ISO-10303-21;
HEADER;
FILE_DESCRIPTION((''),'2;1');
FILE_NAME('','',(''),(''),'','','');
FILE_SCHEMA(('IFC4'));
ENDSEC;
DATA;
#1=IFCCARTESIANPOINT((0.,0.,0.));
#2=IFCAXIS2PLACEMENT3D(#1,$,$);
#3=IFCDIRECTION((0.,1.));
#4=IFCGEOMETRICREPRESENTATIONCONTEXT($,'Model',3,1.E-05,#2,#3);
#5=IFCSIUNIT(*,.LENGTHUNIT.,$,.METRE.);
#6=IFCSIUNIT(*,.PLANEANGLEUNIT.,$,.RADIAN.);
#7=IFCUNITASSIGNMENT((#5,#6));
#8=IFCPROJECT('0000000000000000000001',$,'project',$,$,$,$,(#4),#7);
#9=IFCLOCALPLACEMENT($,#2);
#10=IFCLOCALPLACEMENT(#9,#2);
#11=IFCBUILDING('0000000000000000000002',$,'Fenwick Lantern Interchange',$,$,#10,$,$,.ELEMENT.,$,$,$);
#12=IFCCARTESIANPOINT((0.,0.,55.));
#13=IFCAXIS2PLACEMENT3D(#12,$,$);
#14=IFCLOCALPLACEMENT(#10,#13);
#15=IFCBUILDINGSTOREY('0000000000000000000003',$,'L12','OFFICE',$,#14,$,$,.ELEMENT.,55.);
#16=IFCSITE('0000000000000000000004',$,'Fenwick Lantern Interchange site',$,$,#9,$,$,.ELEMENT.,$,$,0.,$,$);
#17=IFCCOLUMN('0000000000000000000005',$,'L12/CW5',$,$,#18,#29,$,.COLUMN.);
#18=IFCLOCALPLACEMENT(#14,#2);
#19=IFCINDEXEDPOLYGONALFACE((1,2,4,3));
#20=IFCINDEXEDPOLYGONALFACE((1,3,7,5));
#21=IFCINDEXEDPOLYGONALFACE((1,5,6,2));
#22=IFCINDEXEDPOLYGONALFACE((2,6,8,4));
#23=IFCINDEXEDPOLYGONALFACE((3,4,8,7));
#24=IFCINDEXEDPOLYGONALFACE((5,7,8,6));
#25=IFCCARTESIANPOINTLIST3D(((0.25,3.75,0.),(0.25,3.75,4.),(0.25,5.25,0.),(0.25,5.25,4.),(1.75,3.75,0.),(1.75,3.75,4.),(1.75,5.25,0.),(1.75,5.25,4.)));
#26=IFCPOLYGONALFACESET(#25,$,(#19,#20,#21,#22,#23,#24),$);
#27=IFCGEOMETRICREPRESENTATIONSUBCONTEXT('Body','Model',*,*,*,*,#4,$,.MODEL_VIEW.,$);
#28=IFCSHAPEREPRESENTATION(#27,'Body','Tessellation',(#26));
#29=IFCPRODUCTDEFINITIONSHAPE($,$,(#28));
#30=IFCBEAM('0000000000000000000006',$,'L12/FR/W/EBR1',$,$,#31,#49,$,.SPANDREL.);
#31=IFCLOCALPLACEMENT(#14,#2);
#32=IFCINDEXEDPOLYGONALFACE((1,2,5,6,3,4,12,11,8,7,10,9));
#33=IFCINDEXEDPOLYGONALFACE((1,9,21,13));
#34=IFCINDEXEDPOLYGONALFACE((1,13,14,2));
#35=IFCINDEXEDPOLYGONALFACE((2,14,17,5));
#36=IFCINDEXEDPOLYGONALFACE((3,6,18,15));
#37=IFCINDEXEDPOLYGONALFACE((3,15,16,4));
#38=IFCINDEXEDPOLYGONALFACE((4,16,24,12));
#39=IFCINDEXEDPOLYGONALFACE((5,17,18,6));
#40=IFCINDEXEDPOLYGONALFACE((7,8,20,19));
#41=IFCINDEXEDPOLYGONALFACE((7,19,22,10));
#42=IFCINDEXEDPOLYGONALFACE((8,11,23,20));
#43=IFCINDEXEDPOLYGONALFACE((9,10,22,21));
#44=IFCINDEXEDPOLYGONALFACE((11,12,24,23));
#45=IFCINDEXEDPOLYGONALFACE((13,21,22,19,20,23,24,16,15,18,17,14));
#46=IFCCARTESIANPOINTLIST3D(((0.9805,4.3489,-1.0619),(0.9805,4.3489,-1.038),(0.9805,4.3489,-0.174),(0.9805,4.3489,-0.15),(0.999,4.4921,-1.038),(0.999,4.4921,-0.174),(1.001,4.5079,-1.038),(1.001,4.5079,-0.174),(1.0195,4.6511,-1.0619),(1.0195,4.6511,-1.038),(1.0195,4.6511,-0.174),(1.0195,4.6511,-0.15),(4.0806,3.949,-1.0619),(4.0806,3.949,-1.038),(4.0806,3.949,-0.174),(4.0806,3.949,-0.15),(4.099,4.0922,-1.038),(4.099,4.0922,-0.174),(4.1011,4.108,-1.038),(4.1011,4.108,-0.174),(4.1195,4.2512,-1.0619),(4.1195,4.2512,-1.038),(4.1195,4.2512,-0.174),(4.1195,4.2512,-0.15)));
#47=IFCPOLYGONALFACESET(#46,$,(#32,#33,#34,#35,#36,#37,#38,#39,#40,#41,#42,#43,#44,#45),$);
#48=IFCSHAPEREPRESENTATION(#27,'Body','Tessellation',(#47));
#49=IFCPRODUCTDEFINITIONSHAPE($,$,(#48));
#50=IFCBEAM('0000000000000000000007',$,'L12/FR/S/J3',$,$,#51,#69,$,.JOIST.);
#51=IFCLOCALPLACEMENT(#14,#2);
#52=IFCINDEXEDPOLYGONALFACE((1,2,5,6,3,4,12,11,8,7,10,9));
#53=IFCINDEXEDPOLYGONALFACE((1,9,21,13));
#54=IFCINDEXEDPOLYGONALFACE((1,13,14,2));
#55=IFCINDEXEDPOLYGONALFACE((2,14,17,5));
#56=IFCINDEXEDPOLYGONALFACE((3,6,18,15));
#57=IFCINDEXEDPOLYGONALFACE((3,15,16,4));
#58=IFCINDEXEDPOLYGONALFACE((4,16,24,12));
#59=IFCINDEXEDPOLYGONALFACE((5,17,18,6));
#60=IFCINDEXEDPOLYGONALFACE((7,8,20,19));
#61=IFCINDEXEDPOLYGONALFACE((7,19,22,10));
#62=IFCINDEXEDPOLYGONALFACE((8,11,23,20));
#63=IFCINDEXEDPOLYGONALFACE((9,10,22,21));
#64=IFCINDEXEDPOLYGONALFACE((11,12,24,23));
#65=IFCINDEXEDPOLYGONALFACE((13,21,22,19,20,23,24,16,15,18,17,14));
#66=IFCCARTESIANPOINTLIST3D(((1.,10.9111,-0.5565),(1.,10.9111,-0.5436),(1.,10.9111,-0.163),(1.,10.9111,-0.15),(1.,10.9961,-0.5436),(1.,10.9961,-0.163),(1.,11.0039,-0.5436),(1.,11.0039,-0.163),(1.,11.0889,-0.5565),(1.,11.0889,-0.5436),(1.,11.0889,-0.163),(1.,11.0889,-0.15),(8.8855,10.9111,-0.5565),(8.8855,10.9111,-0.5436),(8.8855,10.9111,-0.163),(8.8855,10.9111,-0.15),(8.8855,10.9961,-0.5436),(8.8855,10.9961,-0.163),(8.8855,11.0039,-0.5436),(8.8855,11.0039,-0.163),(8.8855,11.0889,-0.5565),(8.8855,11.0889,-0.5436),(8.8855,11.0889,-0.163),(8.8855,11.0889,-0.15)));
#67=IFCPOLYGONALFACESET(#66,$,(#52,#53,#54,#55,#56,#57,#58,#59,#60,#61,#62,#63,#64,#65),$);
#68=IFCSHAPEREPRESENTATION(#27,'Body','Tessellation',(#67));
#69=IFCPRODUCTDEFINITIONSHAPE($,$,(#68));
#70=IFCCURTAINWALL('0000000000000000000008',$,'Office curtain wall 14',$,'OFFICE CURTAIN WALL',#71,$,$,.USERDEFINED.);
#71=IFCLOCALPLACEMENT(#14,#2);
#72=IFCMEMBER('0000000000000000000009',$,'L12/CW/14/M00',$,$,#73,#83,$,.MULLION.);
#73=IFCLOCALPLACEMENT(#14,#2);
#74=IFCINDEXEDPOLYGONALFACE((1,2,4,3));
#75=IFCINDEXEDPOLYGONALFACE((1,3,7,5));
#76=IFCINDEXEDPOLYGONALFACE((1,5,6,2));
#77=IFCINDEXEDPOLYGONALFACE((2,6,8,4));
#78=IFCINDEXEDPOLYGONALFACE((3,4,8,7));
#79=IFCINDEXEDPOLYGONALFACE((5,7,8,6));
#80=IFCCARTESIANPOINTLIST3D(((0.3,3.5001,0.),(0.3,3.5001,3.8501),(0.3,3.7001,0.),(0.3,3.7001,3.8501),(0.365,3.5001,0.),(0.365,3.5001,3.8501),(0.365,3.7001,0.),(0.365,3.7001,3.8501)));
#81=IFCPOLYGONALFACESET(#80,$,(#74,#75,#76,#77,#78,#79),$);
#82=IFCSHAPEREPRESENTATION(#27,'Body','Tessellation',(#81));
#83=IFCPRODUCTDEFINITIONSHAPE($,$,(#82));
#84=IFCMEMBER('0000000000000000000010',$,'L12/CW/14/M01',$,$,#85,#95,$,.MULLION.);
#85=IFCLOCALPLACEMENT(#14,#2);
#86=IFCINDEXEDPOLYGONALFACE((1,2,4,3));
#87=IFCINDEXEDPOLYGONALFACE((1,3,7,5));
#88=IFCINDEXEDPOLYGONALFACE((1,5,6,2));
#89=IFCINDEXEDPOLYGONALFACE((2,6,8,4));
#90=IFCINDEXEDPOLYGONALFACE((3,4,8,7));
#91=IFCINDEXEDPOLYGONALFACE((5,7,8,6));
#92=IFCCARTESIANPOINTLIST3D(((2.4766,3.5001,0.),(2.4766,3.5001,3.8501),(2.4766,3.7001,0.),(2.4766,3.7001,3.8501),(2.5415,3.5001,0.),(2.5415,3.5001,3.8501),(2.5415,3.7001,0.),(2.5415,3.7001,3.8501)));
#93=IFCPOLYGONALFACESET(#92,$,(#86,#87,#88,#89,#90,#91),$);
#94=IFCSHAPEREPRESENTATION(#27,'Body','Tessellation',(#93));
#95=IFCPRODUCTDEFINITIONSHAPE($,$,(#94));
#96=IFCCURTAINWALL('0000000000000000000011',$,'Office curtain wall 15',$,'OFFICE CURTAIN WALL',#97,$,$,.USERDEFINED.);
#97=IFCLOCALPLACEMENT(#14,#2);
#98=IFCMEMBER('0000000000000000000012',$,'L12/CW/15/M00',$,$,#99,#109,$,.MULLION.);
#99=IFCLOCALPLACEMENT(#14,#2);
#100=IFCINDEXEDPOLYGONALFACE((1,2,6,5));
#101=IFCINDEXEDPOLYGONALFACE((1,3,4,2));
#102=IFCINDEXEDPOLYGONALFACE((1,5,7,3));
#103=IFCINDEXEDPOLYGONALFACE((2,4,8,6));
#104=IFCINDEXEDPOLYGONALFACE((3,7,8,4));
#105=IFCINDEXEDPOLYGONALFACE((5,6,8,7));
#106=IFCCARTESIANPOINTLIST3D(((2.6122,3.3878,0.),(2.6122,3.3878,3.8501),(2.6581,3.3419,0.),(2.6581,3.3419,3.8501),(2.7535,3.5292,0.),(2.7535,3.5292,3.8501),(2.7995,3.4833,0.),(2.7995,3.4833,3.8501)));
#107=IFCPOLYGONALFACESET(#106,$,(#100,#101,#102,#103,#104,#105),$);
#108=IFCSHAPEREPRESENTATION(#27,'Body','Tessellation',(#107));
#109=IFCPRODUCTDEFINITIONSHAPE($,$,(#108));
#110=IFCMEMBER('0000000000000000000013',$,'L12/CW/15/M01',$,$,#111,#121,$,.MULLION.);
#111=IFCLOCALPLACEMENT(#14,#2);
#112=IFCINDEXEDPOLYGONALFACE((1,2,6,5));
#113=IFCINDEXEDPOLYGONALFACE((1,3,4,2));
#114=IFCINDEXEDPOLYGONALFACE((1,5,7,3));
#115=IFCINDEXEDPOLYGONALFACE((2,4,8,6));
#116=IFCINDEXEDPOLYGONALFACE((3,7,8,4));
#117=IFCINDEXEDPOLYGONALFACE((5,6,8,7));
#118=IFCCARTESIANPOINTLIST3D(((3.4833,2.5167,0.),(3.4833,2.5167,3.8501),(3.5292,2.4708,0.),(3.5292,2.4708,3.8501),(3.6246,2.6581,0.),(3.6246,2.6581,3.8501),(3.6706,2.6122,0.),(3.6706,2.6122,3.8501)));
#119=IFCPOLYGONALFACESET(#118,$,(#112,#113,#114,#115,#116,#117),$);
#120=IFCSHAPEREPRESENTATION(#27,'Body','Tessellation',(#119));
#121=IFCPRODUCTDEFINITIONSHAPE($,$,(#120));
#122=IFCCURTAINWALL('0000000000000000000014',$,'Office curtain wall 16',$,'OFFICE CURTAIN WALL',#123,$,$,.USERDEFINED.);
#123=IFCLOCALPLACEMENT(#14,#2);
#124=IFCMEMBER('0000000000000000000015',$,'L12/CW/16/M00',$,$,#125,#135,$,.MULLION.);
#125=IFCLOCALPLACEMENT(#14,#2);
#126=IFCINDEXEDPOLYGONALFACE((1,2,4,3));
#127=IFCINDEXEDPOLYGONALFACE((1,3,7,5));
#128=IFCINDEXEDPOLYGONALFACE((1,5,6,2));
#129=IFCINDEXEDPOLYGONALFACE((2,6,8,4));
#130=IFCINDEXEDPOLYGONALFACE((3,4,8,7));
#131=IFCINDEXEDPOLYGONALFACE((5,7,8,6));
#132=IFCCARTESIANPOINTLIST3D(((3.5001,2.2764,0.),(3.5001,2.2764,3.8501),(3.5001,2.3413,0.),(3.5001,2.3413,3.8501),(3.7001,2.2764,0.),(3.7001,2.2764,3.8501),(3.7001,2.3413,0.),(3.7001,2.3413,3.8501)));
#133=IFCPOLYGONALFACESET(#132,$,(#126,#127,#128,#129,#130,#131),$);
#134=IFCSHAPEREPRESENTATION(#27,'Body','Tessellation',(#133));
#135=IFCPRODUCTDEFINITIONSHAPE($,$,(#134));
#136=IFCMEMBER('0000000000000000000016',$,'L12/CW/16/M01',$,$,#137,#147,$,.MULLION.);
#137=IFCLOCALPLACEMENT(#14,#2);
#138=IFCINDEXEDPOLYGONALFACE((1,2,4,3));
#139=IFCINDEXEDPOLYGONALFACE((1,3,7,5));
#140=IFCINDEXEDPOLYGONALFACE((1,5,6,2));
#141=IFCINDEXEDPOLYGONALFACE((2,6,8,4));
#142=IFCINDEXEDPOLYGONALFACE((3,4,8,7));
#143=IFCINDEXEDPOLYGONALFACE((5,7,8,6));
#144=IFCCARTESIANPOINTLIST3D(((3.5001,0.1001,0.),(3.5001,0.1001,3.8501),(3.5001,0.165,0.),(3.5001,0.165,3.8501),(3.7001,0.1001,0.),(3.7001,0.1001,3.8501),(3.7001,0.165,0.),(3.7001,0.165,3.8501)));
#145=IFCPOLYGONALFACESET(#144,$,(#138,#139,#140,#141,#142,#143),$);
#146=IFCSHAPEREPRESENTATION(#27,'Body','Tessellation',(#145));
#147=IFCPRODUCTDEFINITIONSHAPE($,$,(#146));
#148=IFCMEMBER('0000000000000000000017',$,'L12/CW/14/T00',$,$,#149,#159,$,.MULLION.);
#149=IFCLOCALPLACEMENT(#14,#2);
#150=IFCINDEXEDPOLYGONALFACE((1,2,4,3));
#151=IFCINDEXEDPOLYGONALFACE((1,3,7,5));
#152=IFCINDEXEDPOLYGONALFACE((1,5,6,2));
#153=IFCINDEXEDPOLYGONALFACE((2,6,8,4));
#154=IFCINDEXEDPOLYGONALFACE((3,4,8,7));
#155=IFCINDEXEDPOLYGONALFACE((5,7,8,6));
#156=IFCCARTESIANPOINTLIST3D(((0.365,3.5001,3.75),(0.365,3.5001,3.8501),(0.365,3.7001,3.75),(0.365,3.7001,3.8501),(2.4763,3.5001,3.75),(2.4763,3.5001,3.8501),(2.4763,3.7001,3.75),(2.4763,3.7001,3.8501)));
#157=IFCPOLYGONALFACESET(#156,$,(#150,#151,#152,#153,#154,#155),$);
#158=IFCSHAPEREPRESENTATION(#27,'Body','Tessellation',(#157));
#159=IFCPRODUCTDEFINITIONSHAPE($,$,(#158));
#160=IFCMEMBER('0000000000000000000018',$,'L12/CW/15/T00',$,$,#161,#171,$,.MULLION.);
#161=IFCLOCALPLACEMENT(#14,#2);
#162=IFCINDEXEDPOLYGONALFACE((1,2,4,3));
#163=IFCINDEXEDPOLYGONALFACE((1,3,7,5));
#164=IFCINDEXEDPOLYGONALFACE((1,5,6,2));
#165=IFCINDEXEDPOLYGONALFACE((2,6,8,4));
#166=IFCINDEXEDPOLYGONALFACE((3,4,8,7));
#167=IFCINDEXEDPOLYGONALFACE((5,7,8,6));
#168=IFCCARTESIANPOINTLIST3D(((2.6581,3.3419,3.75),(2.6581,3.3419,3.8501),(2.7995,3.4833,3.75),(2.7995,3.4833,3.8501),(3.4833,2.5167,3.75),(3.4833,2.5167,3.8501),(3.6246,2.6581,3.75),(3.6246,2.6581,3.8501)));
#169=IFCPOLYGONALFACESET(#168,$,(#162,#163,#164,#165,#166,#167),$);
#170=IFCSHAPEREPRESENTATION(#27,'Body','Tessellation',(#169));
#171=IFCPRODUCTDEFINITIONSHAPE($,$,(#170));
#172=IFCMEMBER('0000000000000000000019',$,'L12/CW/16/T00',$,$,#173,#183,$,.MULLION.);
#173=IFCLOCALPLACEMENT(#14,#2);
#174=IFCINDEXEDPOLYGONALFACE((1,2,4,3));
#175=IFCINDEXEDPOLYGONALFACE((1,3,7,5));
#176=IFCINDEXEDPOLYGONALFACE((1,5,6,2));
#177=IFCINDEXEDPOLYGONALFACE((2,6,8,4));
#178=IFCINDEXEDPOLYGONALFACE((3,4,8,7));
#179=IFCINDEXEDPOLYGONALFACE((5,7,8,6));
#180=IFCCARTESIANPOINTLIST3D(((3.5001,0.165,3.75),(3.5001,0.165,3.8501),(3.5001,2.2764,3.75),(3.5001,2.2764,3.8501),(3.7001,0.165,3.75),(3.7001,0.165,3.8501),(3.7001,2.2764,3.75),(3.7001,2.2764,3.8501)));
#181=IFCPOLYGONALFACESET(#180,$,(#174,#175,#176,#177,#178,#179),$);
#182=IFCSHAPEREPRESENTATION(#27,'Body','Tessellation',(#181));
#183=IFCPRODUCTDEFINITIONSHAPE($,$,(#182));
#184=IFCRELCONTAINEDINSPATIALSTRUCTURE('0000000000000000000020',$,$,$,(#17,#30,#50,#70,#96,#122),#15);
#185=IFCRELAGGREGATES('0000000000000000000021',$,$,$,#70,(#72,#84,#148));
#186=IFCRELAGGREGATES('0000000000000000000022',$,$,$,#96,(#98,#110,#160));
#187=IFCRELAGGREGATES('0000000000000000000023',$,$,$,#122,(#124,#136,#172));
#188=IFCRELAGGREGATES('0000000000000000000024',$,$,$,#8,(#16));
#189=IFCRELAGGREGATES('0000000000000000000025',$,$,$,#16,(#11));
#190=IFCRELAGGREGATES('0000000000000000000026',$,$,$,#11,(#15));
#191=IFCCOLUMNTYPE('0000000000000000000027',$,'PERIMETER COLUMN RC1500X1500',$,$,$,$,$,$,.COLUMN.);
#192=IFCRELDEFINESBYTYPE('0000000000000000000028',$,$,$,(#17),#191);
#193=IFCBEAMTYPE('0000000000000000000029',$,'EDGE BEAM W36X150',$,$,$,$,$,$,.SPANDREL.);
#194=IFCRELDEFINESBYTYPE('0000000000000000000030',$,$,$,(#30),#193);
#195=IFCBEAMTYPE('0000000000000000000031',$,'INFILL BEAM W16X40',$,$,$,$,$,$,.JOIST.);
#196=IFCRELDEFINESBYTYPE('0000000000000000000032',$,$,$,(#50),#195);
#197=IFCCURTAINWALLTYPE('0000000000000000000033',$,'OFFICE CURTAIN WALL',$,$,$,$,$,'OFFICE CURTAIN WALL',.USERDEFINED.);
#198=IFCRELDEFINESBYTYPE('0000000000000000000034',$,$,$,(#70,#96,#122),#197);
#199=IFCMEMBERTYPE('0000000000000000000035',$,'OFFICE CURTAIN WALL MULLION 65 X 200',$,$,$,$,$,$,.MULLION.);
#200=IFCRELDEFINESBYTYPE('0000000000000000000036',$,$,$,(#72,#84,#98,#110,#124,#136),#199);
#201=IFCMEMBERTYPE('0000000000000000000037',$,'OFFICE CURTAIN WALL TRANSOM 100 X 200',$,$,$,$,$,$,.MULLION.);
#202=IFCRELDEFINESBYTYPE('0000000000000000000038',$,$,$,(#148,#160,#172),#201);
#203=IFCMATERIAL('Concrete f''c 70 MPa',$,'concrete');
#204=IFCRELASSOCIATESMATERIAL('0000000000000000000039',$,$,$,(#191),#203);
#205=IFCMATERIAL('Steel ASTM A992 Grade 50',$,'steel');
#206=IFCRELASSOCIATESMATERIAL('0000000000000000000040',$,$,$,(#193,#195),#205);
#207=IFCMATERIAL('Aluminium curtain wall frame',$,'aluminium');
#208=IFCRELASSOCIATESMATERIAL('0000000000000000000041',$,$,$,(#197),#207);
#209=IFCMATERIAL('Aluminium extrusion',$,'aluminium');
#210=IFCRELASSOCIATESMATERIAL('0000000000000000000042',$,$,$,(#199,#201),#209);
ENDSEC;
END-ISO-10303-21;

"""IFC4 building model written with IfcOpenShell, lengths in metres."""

from ifc_helpers import new_model, si_unit, direction, frame, origin, origin_2d, place, context, subcontext, project, spatial, rectangle, i_section, extrude, material, material_profile, profile_set, type_object, element, aggregate, save


model = new_model("IFC4")

# Units and contexts
model_context = context("Model", 3, precision=1e-05, world=origin(), true_north=direction((0.0, 1.0)))
body_context = subcontext(model_context, "Body", "Model", "MODEL_VIEW")
ifc_project = project(units=[si_unit("LENGTHUNIT", "METRE"), si_unit("PLANEANGLEUNIT", "RADIAN")], contexts=[model_context])

# Site, building, storey
site_placement = place(None, origin())
site = spatial("IfcSite", under=ifc_project, at=site_placement, Name="Fenwick Lantern Interchange site", CompositionType="ELEMENT", RefElevation=0.0)
building_placement = place(site_placement, origin())
building = spatial("IfcBuilding", under=site, at=building_placement, Name="Fenwick Lantern Interchange", CompositionType="ELEMENT")
storey_placement = place(building_placement, frame((0.0, 0.0, 55.0)))
storey = spatial("IfcBuildingStorey", under=building, at=storey_placement, Name="L12", Description="OFFICE", CompositionType="ELEMENT", Elevation=55.0)

# Column
ifc_material_1 = material(Name="Concrete f'c 70 MPa", Category="concrete")
ifc_material_profile_1 = material_profile(ifc_material_1, rectangle(XDim=1.5, YDim=1.5, at=origin_2d()), Name="RC1500X1500")
ifc_profile_set_1 = profile_set([ifc_material_profile_1], Name="Concrete f'c 70 MPa")
column_type = type_object("IfcColumnType", Name="PERIMETER COLUMN RC1500X1500", PredefinedType="COLUMN", material=ifc_profile_set_1)
column_placement = place(storey_placement, frame((1.0, 4.5, 0.0), z_axis=(0.0, 0.0, 1.0), x_axis=(1.0, 0.0, 0.0)))
element("IfcColumn", 1, at=column_placement, inside=storey, type_object=column_type, Name="L12/CW5", PredefinedType="COLUMN", context=body_context, shape_type="SweptSolid", body=[
    extrude(rectangle(XDim=1.5, YDim=1.5, at=origin_2d()), origin(), (0.0, 0.0, 1.0), 4.0),
])

# Beams
ifc_material_2 = material(Name="Steel ASTM A992 Grade 50", Category="steel")
ifc_material_profile_2 = material_profile(ifc_material_2, i_section(OverallWidth=0.3047, OverallDepth=0.9119, WebThickness=0.0159, FlangeThickness=0.0239, at=origin_2d()), Name="W36X150")
ifc_profile_set_2 = profile_set([ifc_material_profile_2], Name="Steel ASTM A992 Grade 50")
beam_type_1 = type_object("IfcBeamType", Name="EDGE BEAM W36X150", PredefinedType="SPANDREL", material=ifc_profile_set_2)
beam_1_placement = place(storey_placement, frame((1.0, 4.5, -0.606), z_axis=(0.991782, -0.127937, 0.0), x_axis=(0.127937, 0.991782, 0.0)))
element("IfcBeam", 2, at=beam_1_placement, inside=storey, type_object=beam_type_1, Name="L12/FR/W/EBR1", PredefinedType="SPANDREL", context=body_context, shape_type="SweptSolid", body=[
    extrude(i_section(OverallWidth=0.3047, OverallDepth=0.9119, WebThickness=0.0159, FlangeThickness=0.0239, at=origin_2d()), origin(), (0.0, 0.0, 1.0), 3.1257),
])
ifc_material_profile_3 = material_profile(ifc_material_2, i_section(OverallWidth=0.1777, OverallDepth=0.4065, WebThickness=0.0078, FlangeThickness=0.0129, at=origin_2d()), Name="W16X40")
ifc_profile_set_3 = profile_set([ifc_material_profile_3], Name="Steel ASTM A992 Grade 50")
beam_type_2 = type_object("IfcBeamType", Name="INFILL BEAM W16X40", PredefinedType="JOIST", material=ifc_profile_set_3)
beam_2_placement = place(storey_placement, frame((1.0, 11.0, -0.3533), z_axis=(1.0, 0.0, 0.0), x_axis=(0.0, 1.0, 0.0)))
element("IfcBeam", 3, at=beam_2_placement, inside=storey, type_object=beam_type_2, Name="L12/FR/S/J3", PredefinedType="JOIST", context=body_context, shape_type="SweptSolid", body=[
    extrude(i_section(OverallWidth=0.1777, OverallDepth=0.4065, WebThickness=0.0078, FlangeThickness=0.0129, at=origin_2d()), origin(), (0.0, 0.0, 1.0), 7.8855),
])

# Curtain walls, members
ifc_material_3 = material(Name="Aluminium curtain wall frame", Category="aluminium")
curtain_wall_type = type_object("IfcCurtainWallType", Name="OFFICE CURTAIN WALL", ElementType="OFFICE CURTAIN WALL", PredefinedType="USERDEFINED", material=ifc_material_3)
curtain_wall_1_placement = place(storey_placement, origin())
curtain_wall_1 = element("IfcCurtainWall", 4, at=curtain_wall_1_placement, inside=storey, type_object=curtain_wall_type, Name="Office curtain wall 14", ObjectType="OFFICE CURTAIN WALL", PredefinedType="USERDEFINED")
ifc_material_4 = material(Name="Aluminium extrusion", Category="aluminium")
ifc_material_profile_4 = material_profile(ifc_material_4, rectangle(XDim=0.2, YDim=0.0649, at=origin_2d()), Name="OFFICE CURTAIN WALL MULLION 65 X 200")
ifc_profile_set_4 = profile_set([ifc_material_profile_4], Name="Aluminium extrusion")
member_type_1 = type_object("IfcMemberType", Name="OFFICE CURTAIN WALL MULLION 65 X 200", PredefinedType="MULLION", material=ifc_profile_set_4)
member_1_placement = place(storey_placement, frame((0.3325, 3.6001, 0.0), z_axis=(0.0, 0.0, 1.0), x_axis=(0.0, 1.0, 0.0)))
member_1 = element("IfcMember", 5, at=member_1_placement, type_object=member_type_1, Name="L12/CW/14/M00", PredefinedType="MULLION", context=body_context, shape_type="SweptSolid", body=[
    extrude(rectangle(XDim=0.2, YDim=0.0649, at=origin_2d()), origin(), (0.0, 0.0, 1.0), 3.8501),
])
member_2_placement = place(storey_placement, frame((2.509, 3.6001, 0.0), z_axis=(0.0, 0.0, 1.0), x_axis=(0.0, 1.0, 0.0)))
member_2 = element("IfcMember", 6, at=member_2_placement, type_object=member_type_1, Name="L12/CW/14/M01", PredefinedType="MULLION", context=body_context, shape_type="SweptSolid", body=[
    extrude(rectangle(XDim=0.2, YDim=0.0649, at=origin_2d()), origin(), (0.0, 0.0, 1.0), 3.8501),
])
curtain_wall_2_placement = place(storey_placement, origin())
curtain_wall_2 = element("IfcCurtainWall", 7, at=curtain_wall_2_placement, inside=storey, type_object=curtain_wall_type, Name="Office curtain wall 15", ObjectType="OFFICE CURTAIN WALL", PredefinedType="USERDEFINED")
member_3_placement = place(storey_placement, frame((2.7058, 3.4355, 0.0), z_axis=(0.0, 0.0, 1.0), x_axis=(0.707107, 0.707107, 0.0)))
member_3 = element("IfcMember", 8, at=member_3_placement, type_object=member_type_1, Name="L12/CW/15/M00", PredefinedType="MULLION", context=body_context, shape_type="SweptSolid", body=[
    extrude(rectangle(XDim=0.2, YDim=0.0649, at=origin_2d()), origin(), (0.0, 0.0, 1.0), 3.8501),
])
member_4_placement = place(storey_placement, frame((3.5769, 2.5645, 0.0), z_axis=(0.0, 0.0, 1.0), x_axis=(0.707107, 0.707107, 0.0)))
member_4 = element("IfcMember", 9, at=member_4_placement, type_object=member_type_1, Name="L12/CW/15/M01", PredefinedType="MULLION", context=body_context, shape_type="SweptSolid", body=[
    extrude(rectangle(XDim=0.2, YDim=0.0649, at=origin_2d()), origin(), (0.0, 0.0, 1.0), 3.8501),
])
curtain_wall_3_placement = place(storey_placement, origin())
curtain_wall_3 = element("IfcCurtainWall", 10, at=curtain_wall_3_placement, inside=storey, type_object=curtain_wall_type, Name="Office curtain wall 16", ObjectType="OFFICE CURTAIN WALL", PredefinedType="USERDEFINED")
member_5_placement = place(storey_placement, frame((3.6001, 2.3088, 0.0), z_axis=(0.0, 0.0, 1.0), x_axis=(1.0, 0.0, 0.0)))
member_5 = element("IfcMember", 11, at=member_5_placement, type_object=member_type_1, Name="L12/CW/16/M00", PredefinedType="MULLION", context=body_context, shape_type="SweptSolid", body=[
    extrude(rectangle(XDim=0.2, YDim=0.0649, at=origin_2d()), origin(), (0.0, 0.0, 1.0), 3.8501),
])
member_6_placement = place(storey_placement, frame((3.6001, 0.1326, 0.0), z_axis=(0.0, 0.0, 1.0), x_axis=(1.0, 0.0, 0.0)))
member_6 = element("IfcMember", 12, at=member_6_placement, type_object=member_type_1, Name="L12/CW/16/M01", PredefinedType="MULLION", context=body_context, shape_type="SweptSolid", body=[
    extrude(rectangle(XDim=0.2, YDim=0.0649, at=origin_2d()), origin(), (0.0, 0.0, 1.0), 3.8501),
])

# Members
ifc_material_profile_5 = material_profile(ifc_material_4, rectangle(XDim=0.2, YDim=0.1001, at=origin_2d()), Name="OFFICE CURTAIN WALL TRANSOM 100 X 200")
ifc_profile_set_5 = profile_set([ifc_material_profile_5], Name="Aluminium extrusion")
member_type_2 = type_object("IfcMemberType", Name="OFFICE CURTAIN WALL TRANSOM 100 X 200", PredefinedType="MULLION", material=ifc_profile_set_5)
member_7_placement = place(storey_placement, frame((0.365, 3.6001, 3.8), z_axis=(1.0, 0.0, 0.0), x_axis=(0.0, 1.0, 0.0)))
member_7 = element("IfcMember", 13, at=member_7_placement, type_object=member_type_2, Name="L12/CW/14/T00", PredefinedType="MULLION", context=body_context, shape_type="SweptSolid", body=[
    extrude(rectangle(XDim=0.2, YDim=0.1001, at=origin_2d()), origin(), (0.0, 0.0, 1.0), 2.1113),
])
member_8_placement = place(storey_placement, frame((2.7288, 3.4126, 3.8), z_axis=(0.707107, -0.707107, 0.0), x_axis=(0.707107, 0.707107, 0.0)))
member_8 = element("IfcMember", 14, at=member_8_placement, type_object=member_type_2, Name="L12/CW/15/T00", PredefinedType="MULLION", context=body_context, shape_type="SweptSolid", body=[
    extrude(rectangle(XDim=0.2, YDim=0.1001, at=origin_2d()), origin(), (0.0, 0.0, 1.0), 1.167),
])
member_9_placement = place(storey_placement, frame((3.6001, 2.2764, 3.8), z_axis=(0.0, -1.0, 0.0), x_axis=(1.0, 0.0, 0.0)))
member_9 = element("IfcMember", 15, at=member_9_placement, type_object=member_type_2, Name="L12/CW/16/T00", PredefinedType="MULLION", context=body_context, shape_type="SweptSolid", body=[
    extrude(rectangle(XDim=0.2, YDim=0.1001, at=origin_2d()), origin(), (0.0, 0.0, 1.0), 2.1113),
])

aggregate(curtain_wall_1, [member_1, member_2, member_7])
aggregate(curtain_wall_2, [member_3, member_4, member_8])
aggregate(curtain_wall_3, [member_5, member_6, member_9])

save(model, "model.ifc")
